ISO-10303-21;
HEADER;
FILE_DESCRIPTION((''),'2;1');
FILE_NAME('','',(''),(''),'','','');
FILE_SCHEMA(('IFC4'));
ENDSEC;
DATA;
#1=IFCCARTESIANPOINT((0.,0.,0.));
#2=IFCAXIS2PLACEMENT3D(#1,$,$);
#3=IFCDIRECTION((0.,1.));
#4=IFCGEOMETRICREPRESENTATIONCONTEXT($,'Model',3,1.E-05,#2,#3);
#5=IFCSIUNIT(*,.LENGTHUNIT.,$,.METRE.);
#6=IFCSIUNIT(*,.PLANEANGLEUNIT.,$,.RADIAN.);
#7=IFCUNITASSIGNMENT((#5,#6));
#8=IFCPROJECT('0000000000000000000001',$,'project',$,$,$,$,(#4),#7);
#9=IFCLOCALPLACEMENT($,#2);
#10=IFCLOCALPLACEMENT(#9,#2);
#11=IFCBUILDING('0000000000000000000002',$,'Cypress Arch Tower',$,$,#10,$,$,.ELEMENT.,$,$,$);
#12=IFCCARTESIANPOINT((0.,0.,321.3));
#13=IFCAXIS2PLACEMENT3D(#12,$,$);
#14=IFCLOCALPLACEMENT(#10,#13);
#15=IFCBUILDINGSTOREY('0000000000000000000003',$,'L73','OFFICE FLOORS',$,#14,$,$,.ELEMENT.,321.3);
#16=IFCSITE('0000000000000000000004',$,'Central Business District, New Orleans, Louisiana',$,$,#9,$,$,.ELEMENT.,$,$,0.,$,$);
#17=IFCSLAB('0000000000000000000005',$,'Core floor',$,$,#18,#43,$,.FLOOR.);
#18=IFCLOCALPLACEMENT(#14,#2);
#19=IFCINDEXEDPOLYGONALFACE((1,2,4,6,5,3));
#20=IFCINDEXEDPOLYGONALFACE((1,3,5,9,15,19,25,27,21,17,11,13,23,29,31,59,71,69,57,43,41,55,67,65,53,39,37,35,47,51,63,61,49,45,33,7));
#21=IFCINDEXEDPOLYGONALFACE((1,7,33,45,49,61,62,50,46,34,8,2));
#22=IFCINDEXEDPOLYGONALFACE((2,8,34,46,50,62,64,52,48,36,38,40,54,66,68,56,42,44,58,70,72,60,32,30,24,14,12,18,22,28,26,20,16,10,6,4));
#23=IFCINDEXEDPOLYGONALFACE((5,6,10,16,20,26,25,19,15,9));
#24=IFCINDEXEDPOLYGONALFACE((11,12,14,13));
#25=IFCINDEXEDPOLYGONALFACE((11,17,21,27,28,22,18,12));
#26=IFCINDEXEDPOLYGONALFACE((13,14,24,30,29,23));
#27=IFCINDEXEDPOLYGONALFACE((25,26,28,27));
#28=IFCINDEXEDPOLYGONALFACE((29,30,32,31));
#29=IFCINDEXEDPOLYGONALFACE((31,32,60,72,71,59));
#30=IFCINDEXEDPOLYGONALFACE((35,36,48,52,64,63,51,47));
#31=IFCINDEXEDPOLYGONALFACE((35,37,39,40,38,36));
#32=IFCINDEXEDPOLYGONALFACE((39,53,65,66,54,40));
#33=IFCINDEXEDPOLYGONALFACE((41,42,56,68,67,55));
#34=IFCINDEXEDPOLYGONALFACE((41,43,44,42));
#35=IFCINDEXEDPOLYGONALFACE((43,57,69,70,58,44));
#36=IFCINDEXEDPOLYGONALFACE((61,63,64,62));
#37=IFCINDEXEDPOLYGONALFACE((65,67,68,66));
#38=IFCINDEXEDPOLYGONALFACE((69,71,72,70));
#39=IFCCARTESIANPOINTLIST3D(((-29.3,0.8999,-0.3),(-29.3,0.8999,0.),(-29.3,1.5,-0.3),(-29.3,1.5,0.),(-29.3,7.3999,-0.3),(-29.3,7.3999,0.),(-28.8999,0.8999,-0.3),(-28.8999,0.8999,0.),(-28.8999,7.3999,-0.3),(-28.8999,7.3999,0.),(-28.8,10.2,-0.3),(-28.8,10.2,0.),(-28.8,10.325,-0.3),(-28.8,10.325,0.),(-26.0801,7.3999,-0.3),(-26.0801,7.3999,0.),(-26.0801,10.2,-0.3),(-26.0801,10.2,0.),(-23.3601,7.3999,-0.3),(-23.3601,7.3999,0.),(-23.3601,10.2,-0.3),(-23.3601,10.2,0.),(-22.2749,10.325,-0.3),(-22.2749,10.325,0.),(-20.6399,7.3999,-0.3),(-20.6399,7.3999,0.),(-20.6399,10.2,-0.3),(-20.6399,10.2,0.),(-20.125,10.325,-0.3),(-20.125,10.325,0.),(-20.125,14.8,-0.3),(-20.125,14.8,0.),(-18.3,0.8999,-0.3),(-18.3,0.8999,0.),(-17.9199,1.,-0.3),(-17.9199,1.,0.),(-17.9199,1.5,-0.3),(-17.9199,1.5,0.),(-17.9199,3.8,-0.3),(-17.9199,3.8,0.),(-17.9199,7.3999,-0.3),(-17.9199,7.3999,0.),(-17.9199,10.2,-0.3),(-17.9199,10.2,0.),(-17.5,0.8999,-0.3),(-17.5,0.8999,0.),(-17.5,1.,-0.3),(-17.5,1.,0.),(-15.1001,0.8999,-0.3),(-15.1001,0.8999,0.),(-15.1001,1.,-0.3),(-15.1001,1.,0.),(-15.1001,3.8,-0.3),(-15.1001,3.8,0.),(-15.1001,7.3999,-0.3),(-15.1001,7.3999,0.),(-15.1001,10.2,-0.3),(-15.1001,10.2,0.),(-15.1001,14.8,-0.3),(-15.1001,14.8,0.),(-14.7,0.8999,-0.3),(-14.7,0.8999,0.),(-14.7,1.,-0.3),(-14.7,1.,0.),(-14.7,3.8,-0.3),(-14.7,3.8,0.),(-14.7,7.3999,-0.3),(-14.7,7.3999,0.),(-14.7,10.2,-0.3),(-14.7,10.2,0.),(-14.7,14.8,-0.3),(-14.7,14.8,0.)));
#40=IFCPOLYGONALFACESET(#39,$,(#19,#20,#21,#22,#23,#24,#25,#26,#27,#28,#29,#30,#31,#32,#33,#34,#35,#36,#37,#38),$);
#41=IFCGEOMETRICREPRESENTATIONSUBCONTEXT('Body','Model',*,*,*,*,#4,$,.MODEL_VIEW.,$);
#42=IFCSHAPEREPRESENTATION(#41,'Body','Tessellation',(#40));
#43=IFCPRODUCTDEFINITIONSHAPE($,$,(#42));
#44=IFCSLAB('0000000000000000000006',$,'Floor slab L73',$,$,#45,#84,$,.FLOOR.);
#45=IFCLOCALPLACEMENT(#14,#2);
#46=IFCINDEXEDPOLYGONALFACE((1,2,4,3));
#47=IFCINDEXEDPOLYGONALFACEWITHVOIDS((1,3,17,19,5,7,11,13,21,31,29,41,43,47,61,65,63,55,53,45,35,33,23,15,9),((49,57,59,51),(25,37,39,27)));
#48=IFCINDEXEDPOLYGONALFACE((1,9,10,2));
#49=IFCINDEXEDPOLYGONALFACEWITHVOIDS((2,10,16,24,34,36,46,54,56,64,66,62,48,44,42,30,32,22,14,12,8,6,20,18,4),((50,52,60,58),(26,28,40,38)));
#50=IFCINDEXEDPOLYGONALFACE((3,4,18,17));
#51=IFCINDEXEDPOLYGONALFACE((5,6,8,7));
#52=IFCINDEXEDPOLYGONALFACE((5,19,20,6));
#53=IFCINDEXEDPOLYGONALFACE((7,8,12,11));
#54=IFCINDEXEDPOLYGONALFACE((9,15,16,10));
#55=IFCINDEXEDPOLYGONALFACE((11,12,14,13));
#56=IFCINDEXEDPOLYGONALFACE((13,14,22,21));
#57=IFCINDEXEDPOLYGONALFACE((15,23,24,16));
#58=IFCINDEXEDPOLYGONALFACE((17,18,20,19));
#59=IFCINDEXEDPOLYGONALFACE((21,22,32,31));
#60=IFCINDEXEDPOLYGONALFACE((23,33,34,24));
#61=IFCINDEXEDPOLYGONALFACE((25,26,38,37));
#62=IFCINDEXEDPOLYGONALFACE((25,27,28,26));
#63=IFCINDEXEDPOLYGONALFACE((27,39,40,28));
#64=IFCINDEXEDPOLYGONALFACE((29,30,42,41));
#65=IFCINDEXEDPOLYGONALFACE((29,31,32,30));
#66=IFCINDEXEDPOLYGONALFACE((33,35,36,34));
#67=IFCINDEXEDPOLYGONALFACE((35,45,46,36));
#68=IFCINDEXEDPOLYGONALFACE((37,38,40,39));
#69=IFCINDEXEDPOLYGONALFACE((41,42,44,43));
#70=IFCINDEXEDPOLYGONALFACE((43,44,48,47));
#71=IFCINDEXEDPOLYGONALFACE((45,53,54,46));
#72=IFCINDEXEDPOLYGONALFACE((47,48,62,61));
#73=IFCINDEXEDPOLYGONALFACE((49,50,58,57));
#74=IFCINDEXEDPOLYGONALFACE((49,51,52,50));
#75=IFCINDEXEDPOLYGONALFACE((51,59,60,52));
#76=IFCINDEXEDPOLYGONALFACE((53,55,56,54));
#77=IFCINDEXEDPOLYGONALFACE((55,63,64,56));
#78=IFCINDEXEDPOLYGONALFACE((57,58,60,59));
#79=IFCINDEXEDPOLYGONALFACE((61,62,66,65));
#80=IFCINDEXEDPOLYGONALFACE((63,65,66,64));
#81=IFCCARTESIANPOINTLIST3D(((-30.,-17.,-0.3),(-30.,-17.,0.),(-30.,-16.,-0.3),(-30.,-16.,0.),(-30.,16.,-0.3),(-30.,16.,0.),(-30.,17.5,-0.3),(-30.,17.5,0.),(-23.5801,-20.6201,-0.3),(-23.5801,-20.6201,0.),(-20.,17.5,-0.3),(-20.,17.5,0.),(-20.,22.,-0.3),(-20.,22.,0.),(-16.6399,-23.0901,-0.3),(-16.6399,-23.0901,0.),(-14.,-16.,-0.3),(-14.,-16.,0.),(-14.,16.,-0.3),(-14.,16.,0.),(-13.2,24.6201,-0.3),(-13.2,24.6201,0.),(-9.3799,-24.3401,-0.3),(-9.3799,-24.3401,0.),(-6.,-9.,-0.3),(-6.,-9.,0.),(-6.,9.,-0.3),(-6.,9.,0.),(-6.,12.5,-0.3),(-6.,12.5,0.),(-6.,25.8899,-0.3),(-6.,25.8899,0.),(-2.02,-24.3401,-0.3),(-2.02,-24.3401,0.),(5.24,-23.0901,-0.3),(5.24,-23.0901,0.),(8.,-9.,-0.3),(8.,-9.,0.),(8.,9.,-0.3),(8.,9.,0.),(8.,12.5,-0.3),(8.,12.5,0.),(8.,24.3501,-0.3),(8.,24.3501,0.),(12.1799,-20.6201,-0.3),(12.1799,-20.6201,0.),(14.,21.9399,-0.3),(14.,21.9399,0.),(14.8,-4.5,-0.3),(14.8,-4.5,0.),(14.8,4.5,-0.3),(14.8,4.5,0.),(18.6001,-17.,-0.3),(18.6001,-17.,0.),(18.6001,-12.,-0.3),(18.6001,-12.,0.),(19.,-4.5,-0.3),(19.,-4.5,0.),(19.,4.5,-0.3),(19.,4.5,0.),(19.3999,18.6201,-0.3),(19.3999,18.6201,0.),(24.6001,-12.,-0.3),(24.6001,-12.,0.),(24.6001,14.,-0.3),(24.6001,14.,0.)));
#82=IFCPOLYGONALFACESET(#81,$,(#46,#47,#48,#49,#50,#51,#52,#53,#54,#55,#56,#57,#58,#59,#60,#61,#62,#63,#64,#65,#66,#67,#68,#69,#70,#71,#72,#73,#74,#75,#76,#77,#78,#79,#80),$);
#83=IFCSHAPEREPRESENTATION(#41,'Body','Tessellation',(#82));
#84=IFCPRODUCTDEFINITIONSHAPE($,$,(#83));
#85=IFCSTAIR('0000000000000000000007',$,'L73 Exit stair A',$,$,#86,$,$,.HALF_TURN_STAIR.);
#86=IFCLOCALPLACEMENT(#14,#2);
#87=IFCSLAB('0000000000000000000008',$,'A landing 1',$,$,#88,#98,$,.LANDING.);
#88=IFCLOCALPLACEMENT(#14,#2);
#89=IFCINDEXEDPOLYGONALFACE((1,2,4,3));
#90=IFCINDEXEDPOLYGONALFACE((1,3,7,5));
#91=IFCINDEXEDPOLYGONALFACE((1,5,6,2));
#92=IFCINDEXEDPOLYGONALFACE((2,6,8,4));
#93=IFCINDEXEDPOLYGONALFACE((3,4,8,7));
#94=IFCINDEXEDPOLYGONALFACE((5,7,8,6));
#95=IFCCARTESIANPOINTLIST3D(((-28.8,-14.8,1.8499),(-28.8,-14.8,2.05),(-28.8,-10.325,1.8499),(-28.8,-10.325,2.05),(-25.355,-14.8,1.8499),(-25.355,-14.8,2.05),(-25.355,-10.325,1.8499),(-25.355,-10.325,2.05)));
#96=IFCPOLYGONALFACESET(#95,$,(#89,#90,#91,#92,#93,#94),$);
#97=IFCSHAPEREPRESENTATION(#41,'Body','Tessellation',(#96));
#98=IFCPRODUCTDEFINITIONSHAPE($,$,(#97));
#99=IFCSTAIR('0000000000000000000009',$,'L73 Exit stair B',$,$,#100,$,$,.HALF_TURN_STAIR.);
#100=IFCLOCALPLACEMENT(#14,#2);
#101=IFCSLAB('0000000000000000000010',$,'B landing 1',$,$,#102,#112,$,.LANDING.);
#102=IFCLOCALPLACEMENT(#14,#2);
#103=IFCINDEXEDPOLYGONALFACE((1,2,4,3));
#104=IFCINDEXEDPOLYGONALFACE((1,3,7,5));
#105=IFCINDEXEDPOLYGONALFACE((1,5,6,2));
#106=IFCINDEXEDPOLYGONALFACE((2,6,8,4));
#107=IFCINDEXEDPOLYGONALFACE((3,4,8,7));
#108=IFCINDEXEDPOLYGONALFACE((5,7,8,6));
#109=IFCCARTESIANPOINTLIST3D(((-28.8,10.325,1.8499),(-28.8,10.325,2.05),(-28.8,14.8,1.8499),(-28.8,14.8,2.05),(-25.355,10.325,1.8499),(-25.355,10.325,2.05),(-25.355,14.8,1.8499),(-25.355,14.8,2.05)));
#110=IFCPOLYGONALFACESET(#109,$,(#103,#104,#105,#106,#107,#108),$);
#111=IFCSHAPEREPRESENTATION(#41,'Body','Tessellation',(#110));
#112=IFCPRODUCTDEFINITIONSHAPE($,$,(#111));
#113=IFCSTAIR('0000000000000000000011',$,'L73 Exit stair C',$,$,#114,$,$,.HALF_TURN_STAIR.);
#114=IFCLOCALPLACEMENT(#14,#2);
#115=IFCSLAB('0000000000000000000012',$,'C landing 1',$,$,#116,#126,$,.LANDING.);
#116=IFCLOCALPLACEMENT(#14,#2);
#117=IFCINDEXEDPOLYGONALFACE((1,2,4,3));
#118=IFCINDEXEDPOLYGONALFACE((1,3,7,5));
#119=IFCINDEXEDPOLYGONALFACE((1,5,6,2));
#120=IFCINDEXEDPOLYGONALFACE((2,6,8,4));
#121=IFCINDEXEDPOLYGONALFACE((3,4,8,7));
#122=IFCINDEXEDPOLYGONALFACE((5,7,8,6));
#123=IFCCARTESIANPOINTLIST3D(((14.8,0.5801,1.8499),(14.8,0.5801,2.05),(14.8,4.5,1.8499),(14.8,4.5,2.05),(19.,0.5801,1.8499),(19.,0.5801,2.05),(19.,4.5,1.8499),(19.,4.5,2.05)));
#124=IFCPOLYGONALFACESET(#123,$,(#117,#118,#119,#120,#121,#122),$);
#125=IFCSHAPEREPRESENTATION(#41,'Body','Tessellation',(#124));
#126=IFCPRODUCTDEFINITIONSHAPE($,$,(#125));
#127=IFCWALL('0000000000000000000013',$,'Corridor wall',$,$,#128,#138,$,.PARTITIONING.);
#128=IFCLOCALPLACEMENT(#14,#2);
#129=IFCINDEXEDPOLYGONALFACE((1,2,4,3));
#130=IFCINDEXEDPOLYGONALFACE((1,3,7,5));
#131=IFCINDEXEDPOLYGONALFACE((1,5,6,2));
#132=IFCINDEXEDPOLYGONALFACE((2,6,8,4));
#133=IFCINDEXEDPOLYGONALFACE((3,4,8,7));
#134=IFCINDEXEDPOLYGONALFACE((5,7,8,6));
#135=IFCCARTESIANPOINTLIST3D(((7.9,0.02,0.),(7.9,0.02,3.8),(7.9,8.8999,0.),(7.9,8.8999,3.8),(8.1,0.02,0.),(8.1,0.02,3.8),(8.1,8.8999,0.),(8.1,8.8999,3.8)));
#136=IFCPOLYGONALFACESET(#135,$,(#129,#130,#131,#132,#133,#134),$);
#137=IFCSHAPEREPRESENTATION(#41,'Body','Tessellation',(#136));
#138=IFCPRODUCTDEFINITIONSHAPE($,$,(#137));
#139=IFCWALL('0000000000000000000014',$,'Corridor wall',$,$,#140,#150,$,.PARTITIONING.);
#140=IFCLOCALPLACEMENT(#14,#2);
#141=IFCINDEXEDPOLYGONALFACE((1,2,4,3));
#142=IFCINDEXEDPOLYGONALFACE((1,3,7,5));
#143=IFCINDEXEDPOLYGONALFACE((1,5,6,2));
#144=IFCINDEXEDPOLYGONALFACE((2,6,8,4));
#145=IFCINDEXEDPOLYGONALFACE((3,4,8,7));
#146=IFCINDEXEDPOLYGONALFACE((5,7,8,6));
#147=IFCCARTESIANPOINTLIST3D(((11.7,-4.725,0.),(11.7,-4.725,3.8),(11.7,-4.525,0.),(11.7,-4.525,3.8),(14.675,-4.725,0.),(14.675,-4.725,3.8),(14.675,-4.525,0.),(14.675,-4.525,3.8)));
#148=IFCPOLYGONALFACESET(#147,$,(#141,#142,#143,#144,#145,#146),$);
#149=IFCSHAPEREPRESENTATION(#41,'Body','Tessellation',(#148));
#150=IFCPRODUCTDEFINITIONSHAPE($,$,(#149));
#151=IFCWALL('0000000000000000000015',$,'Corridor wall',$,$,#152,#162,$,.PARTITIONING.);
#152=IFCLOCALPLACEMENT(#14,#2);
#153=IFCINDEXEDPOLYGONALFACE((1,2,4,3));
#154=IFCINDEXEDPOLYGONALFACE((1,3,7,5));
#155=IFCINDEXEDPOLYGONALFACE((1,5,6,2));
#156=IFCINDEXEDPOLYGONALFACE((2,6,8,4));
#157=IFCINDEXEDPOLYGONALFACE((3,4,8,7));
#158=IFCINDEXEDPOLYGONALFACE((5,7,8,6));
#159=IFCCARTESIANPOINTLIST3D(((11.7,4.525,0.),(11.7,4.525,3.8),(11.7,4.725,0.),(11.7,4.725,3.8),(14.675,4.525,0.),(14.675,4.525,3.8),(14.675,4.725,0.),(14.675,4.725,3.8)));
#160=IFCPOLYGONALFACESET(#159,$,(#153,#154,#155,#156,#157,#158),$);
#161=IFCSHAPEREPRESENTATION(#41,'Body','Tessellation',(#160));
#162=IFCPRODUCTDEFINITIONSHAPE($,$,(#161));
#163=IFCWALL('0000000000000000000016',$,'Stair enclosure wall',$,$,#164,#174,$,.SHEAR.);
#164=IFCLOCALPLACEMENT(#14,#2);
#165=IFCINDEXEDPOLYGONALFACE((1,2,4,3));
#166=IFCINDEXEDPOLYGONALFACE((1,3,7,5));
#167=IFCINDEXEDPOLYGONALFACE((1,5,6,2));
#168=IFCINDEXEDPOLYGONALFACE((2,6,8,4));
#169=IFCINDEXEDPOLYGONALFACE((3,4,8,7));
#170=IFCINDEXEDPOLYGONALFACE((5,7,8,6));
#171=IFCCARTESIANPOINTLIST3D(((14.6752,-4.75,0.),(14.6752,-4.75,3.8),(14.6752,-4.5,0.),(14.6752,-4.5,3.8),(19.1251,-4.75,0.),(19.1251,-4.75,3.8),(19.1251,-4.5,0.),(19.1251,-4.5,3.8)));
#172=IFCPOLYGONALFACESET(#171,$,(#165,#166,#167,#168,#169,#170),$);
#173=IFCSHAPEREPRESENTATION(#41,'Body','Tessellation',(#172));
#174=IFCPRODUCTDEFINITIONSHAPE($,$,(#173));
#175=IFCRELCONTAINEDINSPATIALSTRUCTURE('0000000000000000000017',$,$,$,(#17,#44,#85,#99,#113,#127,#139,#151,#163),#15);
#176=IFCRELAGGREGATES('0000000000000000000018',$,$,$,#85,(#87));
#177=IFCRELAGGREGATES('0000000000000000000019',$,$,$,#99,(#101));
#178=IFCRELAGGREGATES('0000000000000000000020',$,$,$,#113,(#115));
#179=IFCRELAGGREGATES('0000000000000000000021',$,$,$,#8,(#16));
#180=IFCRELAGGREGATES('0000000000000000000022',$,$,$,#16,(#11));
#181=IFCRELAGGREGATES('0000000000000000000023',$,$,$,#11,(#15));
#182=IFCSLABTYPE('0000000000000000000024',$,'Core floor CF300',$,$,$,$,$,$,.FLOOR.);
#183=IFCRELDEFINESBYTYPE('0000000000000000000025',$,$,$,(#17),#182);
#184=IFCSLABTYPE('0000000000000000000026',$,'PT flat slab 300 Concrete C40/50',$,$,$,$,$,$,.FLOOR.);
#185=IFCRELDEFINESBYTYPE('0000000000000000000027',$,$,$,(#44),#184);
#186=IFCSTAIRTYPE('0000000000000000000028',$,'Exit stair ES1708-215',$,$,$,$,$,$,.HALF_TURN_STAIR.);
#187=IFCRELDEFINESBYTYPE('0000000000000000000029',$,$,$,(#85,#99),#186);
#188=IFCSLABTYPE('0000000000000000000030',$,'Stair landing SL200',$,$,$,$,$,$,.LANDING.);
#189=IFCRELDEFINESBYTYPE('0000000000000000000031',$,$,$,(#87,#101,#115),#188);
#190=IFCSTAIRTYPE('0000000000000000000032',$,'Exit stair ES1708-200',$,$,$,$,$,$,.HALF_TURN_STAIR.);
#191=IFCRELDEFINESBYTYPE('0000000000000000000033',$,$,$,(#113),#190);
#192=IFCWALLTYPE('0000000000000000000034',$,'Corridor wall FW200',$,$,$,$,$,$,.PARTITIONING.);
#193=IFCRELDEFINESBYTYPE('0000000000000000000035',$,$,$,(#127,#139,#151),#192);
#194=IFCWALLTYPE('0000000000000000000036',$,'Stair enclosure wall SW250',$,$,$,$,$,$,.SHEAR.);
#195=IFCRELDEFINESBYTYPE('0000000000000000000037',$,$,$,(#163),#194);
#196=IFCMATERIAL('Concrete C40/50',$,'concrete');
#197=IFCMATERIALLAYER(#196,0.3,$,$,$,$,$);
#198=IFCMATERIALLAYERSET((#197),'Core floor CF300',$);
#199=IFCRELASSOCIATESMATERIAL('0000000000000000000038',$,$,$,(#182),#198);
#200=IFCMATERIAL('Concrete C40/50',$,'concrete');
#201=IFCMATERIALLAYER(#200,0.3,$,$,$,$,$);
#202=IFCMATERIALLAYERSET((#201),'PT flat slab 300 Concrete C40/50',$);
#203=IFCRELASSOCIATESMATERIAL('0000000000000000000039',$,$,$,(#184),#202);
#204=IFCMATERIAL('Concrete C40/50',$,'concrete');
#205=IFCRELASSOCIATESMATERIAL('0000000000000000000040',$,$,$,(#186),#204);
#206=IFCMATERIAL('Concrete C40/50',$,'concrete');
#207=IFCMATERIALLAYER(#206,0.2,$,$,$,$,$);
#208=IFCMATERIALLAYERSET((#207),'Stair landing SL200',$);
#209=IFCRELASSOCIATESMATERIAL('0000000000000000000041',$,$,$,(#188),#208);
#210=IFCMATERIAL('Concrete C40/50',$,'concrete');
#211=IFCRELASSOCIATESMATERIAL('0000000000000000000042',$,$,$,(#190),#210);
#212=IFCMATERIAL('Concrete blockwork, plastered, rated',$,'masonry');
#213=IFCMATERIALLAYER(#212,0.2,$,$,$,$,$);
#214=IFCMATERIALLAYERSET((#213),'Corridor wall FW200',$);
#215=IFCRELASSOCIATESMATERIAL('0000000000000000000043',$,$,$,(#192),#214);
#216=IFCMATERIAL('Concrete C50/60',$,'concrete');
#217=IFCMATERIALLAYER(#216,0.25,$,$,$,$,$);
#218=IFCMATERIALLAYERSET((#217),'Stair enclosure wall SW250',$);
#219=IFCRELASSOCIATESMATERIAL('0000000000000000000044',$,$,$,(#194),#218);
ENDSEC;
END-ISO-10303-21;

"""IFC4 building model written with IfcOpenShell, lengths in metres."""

from ifc_helpers import new_model, si_unit, direction, frame, frame_2d, origin, place, context, subcontext, project, spatial, polyline, rectangle, outline, extrude, material, layer, layer_set, type_object, element, aggregate, save


model = new_model("IFC4")

# Units and contexts
model_context = context("Model", 3, precision=1e-05, world=origin(), true_north=direction((0.0, 1.0)))
body_context = subcontext(model_context, "Body", "Model", "MODEL_VIEW")
ifc_project = project(units=[si_unit("LENGTHUNIT", "METRE"), si_unit("PLANEANGLEUNIT", "RADIAN")], contexts=[model_context])

# Site, building, storey
site_placement = place(None, origin())
site = spatial("IfcSite", under=ifc_project, at=site_placement, Name="Central Business District, New Orleans, Louisiana", CompositionType="ELEMENT", RefElevation=0.0)
building_placement = place(site_placement, origin())
building = spatial("IfcBuilding", under=site, at=building_placement, Name="Cypress Arch Tower", CompositionType="ELEMENT")
storey_placement = place(building_placement, frame((0.0, 0.0, 321.3)))
storey = spatial("IfcBuildingStorey", under=building, at=storey_placement, Name="L73", Description="OFFICE FLOORS", CompositionType="ELEMENT", Elevation=321.3)

# Slabs
ifc_material_1 = material(Name="Concrete C40/50", Category="concrete")
ifc_layer_1 = layer(ifc_material_1, 0.3)
ifc_layer_set_1 = layer_set([ifc_layer_1], Name="Core floor CF300")
slab_type_1 = type_object("IfcSlabType", Name="Core floor CF300", PredefinedType="FLOOR", material=ifc_layer_set_1)
slab_1_placement = place(storey_placement, frame((0.0, 0.0, -0.3)))
element("IfcSlab", 1, at=slab_1_placement, inside=storey, type_object=slab_type_1, Name="Core floor", PredefinedType="FLOOR", context=body_context, shape_type="SweptSolid", body=[
    extrude(outline(polyline([(-20.6399, 10.2), (-23.3601, 10.2), (-26.0801, 10.2), (-28.8, 10.2), (-28.8, 10.325), (-22.2749, 10.325), (-20.125, 10.325), (-20.125, 14.8), (-15.1001, 14.8), (-14.7, 14.8), (-14.7, 10.2), (-15.1001, 10.2), (-17.9199, 10.2), (-17.9199, 7.3999), (-15.1001, 7.3999), (-14.7, 7.3999), (-14.7, 3.8), (-15.1001, 3.8), (-17.9199, 3.8), (-17.9199, 1.5), (-17.9199, 1.0), (-17.5, 1.0), (-15.1001, 1.0), (-14.7, 1.0), (-14.7, 0.8999), (-15.1001, 0.8999), (-17.5, 0.8999), (-18.3, 0.8999), (-28.8999, 0.8999), (-29.3, 0.8999), (-29.3, 1.5), (-29.3, 7.3999), (-28.8999, 7.3999), (-26.0801, 7.3999), (-23.3601, 7.3999), (-20.6399, 7.3999), (-20.6399, 10.2)])), origin(), (0.0, 0.0, 1.0), 0.3),
])
ifc_material_2 = material(Name="Concrete C40/50", Category="concrete")
ifc_layer_2 = layer(ifc_material_2, 0.3)
ifc_layer_set_2 = layer_set([ifc_layer_2], Name="PT flat slab 300 Concrete C40/50")
slab_type_2 = type_object("IfcSlabType", Name="PT flat slab 300 Concrete C40/50", PredefinedType="FLOOR", material=ifc_layer_set_2)
slab_2_placement = place(storey_placement, frame((0.0, 0.0, -0.3)))
element("IfcSlab", 2, at=slab_2_placement, inside=storey, type_object=slab_type_2, Name="Floor slab L73", PredefinedType="FLOOR", context=body_context, shape_type="SweptSolid", body=[
    extrude(outline(polyline([(-30.0, 17.5), (-20.0, 17.5), (-20.0, 22.0), (-13.2, 24.6201), (-6.0, 25.8899), (-6.0, 12.5), (8.0, 12.5), (8.0, 24.3501), (14.0, 21.9399), (19.3999, 18.6201), (24.6001, 14.0), (24.6001, -12.0), (18.6001, -12.0), (18.6001, -17.0), (12.1799, -20.6201), (5.24, -23.0901), (-2.02, -24.3401), (-9.3799, -24.3401), (-16.6399, -23.0901), (-23.5801, -20.6201), (-30.0, -17.0), (-30.0, -16.0), (-14.0, -16.0), (-14.0, 16.0), (-30.0, 16.0), (-30.0, 17.5)]), holes=[polyline([(-6.0, -9.0), (8.0, -9.0), (8.0, 9.0), (-6.0, 9.0), (-6.0, -9.0)]), polyline([(14.8, -4.5), (19.0, -4.5), (19.0, 4.5), (14.8, 4.5), (14.8, -4.5)])]), origin(), (0.0, 0.0, 1.0), 0.3),
])

# Stairs, slabs
ifc_material_3 = material(Name="Concrete C40/50", Category="concrete")
stair_type_1 = type_object("IfcStairType", Name="Exit stair ES1708-215", PredefinedType="HALF_TURN_STAIR", material=ifc_material_3)
stair_1_placement = place(storey_placement, origin())
stair_1 = element("IfcStair", 3, at=stair_1_placement, inside=storey, type_object=stair_type_1, Name="L73 Exit stair A", PredefinedType="HALF_TURN_STAIR")
ifc_material_4 = material(Name="Concrete C40/50", Category="concrete")
ifc_layer_3 = layer(ifc_material_4, 0.2)
ifc_layer_set_3 = layer_set([ifc_layer_3], Name="Stair landing SL200")
slab_type_3 = type_object("IfcSlabType", Name="Stair landing SL200", PredefinedType="LANDING", material=ifc_layer_set_3)
slab_3_placement = place(storey_placement, frame((0.0, 0.0, 1.8499)))
slab_3 = element("IfcSlab", 4, at=slab_3_placement, type_object=slab_type_3, Name="A landing 1", PredefinedType="LANDING", context=body_context, shape_type="SweptSolid", body=[
    extrude(outline(polyline([(-25.355, -10.325), (-28.8, -10.325), (-28.8, -14.8), (-25.355, -14.8), (-25.355, -10.325)])), origin(), (0.0, 0.0, 1.0), 0.2002),
])
aggregate(stair_1, [slab_3])
stair_2_placement = place(storey_placement, origin())
stair_2 = element("IfcStair", 5, at=stair_2_placement, inside=storey, type_object=stair_type_1, Name="L73 Exit stair B", PredefinedType="HALF_TURN_STAIR")
slab_4_placement = place(storey_placement, frame((0.0, 0.0, 1.8499)))
slab_4 = element("IfcSlab", 6, at=slab_4_placement, type_object=slab_type_3, Name="B landing 1", PredefinedType="LANDING", context=body_context, shape_type="SweptSolid", body=[
    extrude(outline(polyline([(-25.355, 14.8), (-28.8, 14.8), (-28.8, 10.325), (-25.355, 10.325), (-25.355, 14.8)])), origin(), (0.0, 0.0, 1.0), 0.2002),
])
aggregate(stair_2, [slab_4])
ifc_material_5 = material(Name="Concrete C40/50", Category="concrete")
stair_type_2 = type_object("IfcStairType", Name="Exit stair ES1708-200", PredefinedType="HALF_TURN_STAIR", material=ifc_material_5)
stair_3_placement = place(storey_placement, origin())
stair_3 = element("IfcStair", 7, at=stair_3_placement, inside=storey, type_object=stair_type_2, Name="L73 Exit stair C", PredefinedType="HALF_TURN_STAIR")
slab_5_placement = place(storey_placement, frame((0.0, 0.0, 1.8499)))
slab_5 = element("IfcSlab", 8, at=slab_5_placement, type_object=slab_type_3, Name="C landing 1", PredefinedType="LANDING", context=body_context, shape_type="SweptSolid", body=[
    extrude(outline(polyline([(19.0, 0.5801), (19.0, 4.5), (14.8, 4.5), (14.8, 0.5801), (19.0, 0.5801)])), origin(), (0.0, 0.0, 1.0), 0.2002),
])
aggregate(stair_3, [slab_5])

# Walls
ifc_material_6 = material(Name="Concrete blockwork, plastered, rated", Category="masonry")
ifc_layer_4 = layer(ifc_material_6, 0.2)
ifc_layer_set_4 = layer_set([ifc_layer_4], Name="Corridor wall FW200")
wall_type_1 = type_object("IfcWallType", Name="Corridor wall FW200", PredefinedType="PARTITIONING", material=ifc_layer_set_4)
wall_1_placement = place(storey_placement, frame((8.0, 0.02, 0.0), z_axis=(0.0, 0.0, 1.0), x_axis=(0.0, 1.0, 0.0)))
element("IfcWall", 9, at=wall_1_placement, inside=storey, type_object=wall_type_1, Name="Corridor wall", PredefinedType="PARTITIONING", context=body_context, shape_type="SweptSolid", body=[
    extrude(rectangle(XDim=8.8799, YDim=0.2, at=frame_2d((4.4399, 0.0))), origin(), (0.0, 0.0, 1.0), 3.8),
])
for number, where, z_axis, x_axis, name in (
    (10, (11.7, -4.625, 0.0), (0.0, 0.0, 1.0), (1.0, 0.0, 0.0), "Corridor wall"),
    (11, (11.7, 4.625, 0.0), (0.0, 0.0, 1.0), (1.0, 0.0, 0.0), "Corridor wall"),
):
    element("IfcWall", number, at=place(storey_placement, frame(where, z_axis=z_axis, x_axis=x_axis)), inside=storey, type_object=wall_type_1, Name=name, PredefinedType="PARTITIONING", context=body_context, shape_type="SweptSolid", body=[
        extrude(rectangle(XDim=2.9751, YDim=0.2, at=frame_2d((1.4875, 0.0))), origin(), (0.0, 0.0, 1.0), 3.8),
    ])
ifc_material_7 = material(Name="Concrete C50/60", Category="concrete")
ifc_layer_5 = layer(ifc_material_7, 0.25)
ifc_layer_set_5 = layer_set([ifc_layer_5], Name="Stair enclosure wall SW250")
wall_type_2 = type_object("IfcWallType", Name="Stair enclosure wall SW250", PredefinedType="SHEAR", material=ifc_layer_set_5)
wall_2_placement = place(storey_placement, frame((14.675, -4.625, 0.0), z_axis=(0.0, 0.0, 1.0), x_axis=(1.0, 0.0, 0.0)))
element("IfcWall", 12, at=wall_2_placement, inside=storey, type_object=wall_type_2, Name="Stair enclosure wall", PredefinedType="SHEAR", context=body_context, shape_type="SweptSolid", body=[
    extrude(rectangle(XDim=4.45, YDim=0.25, at=frame_2d((2.2251, 0.0))), origin(), (0.0, 0.0, 1.0), 3.8),
])

save(model, "model.ifc")
